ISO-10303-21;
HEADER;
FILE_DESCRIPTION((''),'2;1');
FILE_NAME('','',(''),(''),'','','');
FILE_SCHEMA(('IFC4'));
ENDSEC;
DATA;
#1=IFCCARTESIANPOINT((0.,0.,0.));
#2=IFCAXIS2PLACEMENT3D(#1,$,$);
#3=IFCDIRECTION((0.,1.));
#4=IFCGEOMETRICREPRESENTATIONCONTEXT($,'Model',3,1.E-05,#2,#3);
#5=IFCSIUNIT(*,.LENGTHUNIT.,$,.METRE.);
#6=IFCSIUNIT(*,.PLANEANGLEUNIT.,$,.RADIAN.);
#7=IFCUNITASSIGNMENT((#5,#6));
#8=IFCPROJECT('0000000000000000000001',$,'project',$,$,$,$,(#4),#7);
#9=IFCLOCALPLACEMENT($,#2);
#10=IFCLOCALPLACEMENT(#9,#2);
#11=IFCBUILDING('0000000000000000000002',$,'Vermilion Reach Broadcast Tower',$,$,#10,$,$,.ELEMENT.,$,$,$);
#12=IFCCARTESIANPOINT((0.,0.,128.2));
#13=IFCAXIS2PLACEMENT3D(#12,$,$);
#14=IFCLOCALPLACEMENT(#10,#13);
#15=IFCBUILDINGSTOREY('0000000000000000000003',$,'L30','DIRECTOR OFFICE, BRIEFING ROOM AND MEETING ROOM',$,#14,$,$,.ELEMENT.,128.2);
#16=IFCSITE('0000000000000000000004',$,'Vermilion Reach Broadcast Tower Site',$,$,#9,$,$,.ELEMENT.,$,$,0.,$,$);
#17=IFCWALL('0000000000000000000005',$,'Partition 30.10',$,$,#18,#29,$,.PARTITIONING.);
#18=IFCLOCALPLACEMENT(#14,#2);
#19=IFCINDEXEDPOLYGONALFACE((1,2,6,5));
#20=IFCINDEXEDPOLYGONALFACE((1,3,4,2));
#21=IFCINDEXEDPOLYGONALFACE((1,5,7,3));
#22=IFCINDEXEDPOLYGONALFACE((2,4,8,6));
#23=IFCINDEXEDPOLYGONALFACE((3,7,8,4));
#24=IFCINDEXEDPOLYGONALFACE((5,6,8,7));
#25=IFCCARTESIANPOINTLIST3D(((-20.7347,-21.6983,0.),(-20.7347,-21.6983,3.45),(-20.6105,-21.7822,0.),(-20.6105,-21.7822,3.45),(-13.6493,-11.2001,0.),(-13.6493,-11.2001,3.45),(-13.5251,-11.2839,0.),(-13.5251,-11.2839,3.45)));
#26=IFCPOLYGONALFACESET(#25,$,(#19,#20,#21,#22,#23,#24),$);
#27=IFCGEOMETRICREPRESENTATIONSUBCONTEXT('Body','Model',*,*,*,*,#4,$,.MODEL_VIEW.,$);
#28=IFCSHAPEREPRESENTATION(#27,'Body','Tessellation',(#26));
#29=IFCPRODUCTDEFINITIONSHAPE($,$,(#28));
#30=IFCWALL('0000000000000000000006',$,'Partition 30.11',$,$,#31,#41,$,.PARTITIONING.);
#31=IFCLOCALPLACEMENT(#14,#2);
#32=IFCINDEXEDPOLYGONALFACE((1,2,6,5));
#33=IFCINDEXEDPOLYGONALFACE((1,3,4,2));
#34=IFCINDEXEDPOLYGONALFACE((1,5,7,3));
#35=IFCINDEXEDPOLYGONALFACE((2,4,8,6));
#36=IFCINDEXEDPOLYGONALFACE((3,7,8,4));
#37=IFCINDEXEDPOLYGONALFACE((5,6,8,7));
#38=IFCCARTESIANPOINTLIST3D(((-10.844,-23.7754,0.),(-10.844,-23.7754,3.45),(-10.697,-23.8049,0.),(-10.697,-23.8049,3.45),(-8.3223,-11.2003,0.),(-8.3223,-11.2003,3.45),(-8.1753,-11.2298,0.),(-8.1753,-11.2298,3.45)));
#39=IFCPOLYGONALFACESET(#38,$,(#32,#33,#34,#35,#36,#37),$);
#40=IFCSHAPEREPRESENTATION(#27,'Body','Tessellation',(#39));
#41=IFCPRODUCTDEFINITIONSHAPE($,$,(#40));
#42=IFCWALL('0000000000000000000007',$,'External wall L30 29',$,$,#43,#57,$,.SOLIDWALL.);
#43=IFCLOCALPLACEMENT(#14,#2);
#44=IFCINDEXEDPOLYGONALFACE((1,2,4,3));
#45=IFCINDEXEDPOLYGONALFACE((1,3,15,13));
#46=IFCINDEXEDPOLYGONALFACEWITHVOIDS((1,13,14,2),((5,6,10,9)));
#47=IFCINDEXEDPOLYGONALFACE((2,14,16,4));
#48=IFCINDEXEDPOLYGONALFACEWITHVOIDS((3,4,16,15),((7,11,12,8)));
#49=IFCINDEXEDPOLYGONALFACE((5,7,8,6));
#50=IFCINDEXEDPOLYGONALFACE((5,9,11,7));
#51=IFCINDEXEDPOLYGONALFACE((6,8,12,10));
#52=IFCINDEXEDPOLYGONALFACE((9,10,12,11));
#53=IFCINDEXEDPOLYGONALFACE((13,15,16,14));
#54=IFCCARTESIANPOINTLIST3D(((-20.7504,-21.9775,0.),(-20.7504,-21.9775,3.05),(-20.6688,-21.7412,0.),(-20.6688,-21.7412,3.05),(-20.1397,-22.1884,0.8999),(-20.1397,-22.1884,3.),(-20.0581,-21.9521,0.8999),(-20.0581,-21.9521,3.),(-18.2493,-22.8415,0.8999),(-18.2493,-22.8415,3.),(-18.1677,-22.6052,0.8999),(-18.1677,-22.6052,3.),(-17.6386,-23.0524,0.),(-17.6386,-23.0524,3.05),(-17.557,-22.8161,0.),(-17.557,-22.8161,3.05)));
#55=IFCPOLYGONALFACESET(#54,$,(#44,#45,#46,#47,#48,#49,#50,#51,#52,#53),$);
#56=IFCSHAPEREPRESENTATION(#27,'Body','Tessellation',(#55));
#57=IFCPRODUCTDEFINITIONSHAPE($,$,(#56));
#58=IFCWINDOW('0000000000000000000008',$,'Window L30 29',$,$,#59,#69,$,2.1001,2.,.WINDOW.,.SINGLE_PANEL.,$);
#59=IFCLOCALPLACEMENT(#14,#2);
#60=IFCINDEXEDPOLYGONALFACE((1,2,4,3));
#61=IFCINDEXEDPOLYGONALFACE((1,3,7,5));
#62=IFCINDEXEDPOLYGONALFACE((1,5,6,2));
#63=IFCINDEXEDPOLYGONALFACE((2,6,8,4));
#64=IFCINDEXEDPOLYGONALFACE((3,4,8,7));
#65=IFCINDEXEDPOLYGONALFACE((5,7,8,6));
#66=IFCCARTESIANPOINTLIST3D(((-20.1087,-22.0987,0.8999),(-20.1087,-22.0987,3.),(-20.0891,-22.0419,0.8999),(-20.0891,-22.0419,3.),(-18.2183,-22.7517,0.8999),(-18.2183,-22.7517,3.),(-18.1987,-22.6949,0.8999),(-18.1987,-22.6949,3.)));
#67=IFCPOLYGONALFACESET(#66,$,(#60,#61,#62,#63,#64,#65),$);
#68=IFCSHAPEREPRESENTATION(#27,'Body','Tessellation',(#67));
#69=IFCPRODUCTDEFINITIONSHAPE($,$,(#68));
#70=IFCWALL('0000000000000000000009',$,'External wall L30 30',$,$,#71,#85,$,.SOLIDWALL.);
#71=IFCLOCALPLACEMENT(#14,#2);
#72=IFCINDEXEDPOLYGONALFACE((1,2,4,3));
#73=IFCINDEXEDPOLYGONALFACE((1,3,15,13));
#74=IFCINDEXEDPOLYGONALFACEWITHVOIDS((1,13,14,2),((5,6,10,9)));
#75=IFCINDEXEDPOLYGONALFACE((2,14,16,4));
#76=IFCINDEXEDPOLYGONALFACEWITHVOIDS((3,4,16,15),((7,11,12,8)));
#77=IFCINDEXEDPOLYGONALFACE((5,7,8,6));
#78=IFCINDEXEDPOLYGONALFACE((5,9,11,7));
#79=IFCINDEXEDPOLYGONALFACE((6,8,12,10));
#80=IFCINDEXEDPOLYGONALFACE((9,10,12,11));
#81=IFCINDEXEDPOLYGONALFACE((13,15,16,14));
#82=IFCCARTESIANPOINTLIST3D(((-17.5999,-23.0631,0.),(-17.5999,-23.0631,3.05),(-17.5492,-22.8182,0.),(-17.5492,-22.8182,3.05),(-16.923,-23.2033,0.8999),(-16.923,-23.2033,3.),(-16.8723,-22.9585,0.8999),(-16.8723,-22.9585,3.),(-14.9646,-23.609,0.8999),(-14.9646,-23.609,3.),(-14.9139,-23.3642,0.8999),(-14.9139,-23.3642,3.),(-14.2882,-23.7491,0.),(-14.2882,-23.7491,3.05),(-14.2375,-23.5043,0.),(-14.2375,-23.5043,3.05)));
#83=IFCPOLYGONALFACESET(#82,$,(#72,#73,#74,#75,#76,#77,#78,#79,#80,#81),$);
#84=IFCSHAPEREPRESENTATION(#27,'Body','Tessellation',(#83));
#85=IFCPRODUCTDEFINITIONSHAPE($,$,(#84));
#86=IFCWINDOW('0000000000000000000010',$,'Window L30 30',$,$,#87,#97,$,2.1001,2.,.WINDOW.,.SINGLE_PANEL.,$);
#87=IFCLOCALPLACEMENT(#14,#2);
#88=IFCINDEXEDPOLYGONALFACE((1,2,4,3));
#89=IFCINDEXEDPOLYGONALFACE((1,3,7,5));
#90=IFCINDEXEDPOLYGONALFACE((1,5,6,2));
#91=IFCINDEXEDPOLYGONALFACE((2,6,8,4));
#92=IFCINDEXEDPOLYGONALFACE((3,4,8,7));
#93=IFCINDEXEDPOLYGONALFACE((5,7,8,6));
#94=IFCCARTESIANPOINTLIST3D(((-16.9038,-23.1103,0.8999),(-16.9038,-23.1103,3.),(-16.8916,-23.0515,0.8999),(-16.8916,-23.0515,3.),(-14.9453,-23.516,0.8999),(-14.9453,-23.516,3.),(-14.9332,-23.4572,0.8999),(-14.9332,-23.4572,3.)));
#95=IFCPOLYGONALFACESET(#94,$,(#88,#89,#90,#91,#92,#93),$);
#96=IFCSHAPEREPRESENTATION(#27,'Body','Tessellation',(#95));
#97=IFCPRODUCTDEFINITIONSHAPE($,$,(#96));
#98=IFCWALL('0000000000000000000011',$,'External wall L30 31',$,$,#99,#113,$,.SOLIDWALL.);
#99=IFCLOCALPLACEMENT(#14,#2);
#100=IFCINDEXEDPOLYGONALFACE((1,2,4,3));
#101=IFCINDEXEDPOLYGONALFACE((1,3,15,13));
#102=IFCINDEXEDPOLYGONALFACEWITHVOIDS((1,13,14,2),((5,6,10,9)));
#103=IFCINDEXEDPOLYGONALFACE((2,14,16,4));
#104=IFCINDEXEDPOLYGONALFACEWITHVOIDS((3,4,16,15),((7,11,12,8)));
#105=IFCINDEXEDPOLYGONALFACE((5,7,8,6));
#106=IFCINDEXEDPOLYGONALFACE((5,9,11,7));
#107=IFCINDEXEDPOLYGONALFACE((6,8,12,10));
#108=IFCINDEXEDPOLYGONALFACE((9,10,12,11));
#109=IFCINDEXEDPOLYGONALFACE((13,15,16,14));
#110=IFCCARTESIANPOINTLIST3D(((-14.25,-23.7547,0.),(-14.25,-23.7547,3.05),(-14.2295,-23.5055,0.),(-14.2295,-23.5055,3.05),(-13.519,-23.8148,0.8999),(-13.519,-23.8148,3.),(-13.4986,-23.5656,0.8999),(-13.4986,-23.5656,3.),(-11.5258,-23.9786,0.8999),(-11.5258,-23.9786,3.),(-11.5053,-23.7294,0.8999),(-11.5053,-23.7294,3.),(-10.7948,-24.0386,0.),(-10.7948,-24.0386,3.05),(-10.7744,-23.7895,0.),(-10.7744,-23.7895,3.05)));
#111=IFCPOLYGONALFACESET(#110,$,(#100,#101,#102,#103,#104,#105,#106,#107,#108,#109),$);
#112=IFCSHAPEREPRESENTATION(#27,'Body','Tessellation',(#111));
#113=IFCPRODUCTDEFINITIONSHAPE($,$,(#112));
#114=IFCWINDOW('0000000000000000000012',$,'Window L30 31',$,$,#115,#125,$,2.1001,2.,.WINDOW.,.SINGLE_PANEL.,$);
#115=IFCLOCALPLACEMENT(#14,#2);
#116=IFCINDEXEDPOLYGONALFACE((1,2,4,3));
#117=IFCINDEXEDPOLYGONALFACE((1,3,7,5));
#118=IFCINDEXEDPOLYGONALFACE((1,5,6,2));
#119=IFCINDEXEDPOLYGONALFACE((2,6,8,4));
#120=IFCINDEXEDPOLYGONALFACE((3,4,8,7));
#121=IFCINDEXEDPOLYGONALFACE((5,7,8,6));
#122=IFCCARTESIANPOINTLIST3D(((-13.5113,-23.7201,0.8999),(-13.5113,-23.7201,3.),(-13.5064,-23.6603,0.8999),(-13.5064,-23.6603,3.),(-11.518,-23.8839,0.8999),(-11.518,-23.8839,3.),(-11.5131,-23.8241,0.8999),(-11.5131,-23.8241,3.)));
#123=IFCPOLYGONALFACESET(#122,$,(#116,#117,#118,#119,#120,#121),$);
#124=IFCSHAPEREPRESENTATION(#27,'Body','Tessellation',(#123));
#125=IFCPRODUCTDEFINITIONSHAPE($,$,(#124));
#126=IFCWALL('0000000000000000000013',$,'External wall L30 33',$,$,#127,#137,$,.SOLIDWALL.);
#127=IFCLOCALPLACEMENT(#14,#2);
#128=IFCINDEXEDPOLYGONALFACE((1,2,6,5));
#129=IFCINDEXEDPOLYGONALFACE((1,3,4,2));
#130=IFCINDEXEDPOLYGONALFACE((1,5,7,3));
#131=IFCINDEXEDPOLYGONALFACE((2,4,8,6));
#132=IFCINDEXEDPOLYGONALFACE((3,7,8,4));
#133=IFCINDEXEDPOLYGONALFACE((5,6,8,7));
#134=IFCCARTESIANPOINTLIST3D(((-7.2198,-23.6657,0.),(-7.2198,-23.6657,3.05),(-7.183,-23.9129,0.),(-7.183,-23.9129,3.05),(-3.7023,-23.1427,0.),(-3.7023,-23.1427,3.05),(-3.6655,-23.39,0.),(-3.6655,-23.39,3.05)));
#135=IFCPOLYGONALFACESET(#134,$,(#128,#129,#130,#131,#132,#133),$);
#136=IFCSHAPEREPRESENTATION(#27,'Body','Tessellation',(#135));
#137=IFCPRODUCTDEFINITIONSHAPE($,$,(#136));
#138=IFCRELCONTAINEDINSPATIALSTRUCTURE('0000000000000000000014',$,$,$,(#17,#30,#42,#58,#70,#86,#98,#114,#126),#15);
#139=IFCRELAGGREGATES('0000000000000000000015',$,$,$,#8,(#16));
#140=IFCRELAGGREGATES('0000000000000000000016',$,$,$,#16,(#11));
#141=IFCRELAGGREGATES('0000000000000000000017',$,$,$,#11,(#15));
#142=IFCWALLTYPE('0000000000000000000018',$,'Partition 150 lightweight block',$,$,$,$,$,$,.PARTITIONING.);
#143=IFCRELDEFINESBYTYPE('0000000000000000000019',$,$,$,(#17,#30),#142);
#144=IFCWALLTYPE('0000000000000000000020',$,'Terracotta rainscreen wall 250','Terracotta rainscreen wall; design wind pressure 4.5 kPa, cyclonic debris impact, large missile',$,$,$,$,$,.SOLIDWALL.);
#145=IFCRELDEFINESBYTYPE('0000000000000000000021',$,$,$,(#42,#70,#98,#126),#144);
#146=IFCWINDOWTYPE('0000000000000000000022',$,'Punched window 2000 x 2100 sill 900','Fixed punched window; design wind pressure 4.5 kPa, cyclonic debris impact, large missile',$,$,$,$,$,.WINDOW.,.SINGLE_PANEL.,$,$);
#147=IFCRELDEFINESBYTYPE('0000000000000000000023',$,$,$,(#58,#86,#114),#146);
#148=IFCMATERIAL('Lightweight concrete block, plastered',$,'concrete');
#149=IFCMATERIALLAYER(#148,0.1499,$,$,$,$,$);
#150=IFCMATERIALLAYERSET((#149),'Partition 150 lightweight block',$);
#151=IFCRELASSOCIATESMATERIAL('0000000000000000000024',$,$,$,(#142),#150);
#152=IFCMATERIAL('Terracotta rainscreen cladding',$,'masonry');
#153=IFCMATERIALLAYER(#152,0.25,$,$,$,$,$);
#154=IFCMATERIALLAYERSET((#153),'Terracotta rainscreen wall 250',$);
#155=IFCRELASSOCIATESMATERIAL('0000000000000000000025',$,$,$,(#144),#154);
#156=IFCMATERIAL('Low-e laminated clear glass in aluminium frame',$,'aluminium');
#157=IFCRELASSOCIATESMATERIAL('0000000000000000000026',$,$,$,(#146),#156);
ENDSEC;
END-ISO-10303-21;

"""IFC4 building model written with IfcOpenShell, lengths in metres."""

from ifc_helpers import new_model, si_unit, direction, frame, frame_2d, origin, place, context, subcontext, project, spatial, rectangle, extrude, material, layer, layer_set, type_object, element, fill, save


model = new_model("IFC4")

# Units and contexts
model_context = context("Model", 3, precision=1e-05, world=origin(), true_north=direction((0.0, 1.0)))
body_context = subcontext(model_context, "Body", "Model", "MODEL_VIEW")
ifc_project = project(units=[si_unit("LENGTHUNIT", "METRE"), si_unit("PLANEANGLEUNIT", "RADIAN")], contexts=[model_context])

# Site, building, storey
site_placement = place(None, origin())
site = spatial("IfcSite", under=ifc_project, at=site_placement, Name="Vermilion Reach Broadcast Tower Site", CompositionType="ELEMENT", RefElevation=0.0)
building_placement = place(site_placement, origin())
building = spatial("IfcBuilding", under=site, at=building_placement, Name="Vermilion Reach Broadcast Tower", CompositionType="ELEMENT")
storey_placement = place(building_placement, frame((0.0, 0.0, 128.2)))
storey = spatial("IfcBuildingStorey", under=building, at=storey_placement, Name="L30", Description="DIRECTOR OFFICE, BRIEFING ROOM AND MEETING ROOM", CompositionType="ELEMENT", Elevation=128.2)

# Walls
ifc_material_1 = material(Name="Lightweight concrete block, plastered", Category="concrete")
ifc_layer_1 = layer(ifc_material_1, 0.1499)
ifc_layer_set_1 = layer_set([ifc_layer_1], Name="Partition 150 lightweight block")
wall_type_1 = type_object("IfcWallType", Name="Partition 150 lightweight block", PredefinedType="PARTITIONING", material=ifc_layer_set_1)
wall_1_placement = place(storey_placement, frame((-20.6726, -21.7402, 0.0), z_axis=(0.0, 0.0, 1.0), x_axis=(0.559424, 0.828882, 0.0)))
element("IfcWall", 1, at=wall_1_placement, inside=storey, type_object=wall_type_1, Name="Partition 30.10", PredefinedType="PARTITIONING", context=body_context, shape_type="SweptSolid", body=[
    extrude(rectangle(XDim=12.6655, YDim=0.1499, at=frame_2d((6.3328, 0.0))), origin(), (0.0, 0.0, 1.0), 3.45),
])
wall_2_placement = place(storey_placement, frame((-10.7705, -23.79, 0.0), z_axis=(0.0, 0.0, 1.0), x_axis=(0.196618, 0.98048, 0.0)))
element("IfcWall", 2, at=wall_2_placement, inside=storey, type_object=wall_type_1, Name="Partition 30.11", PredefinedType="PARTITIONING", context=body_context, shape_type="SweptSolid", body=[
    extrude(rectangle(XDim=12.8254, YDim=0.1499, at=frame_2d((6.4126, 0.0))), origin(), (0.0, 0.0, 1.0), 3.45),
])

# Walls, openings, windows
ifc_material_2 = material(Name="Terracotta rainscreen cladding", Category="masonry")
ifc_layer_2 = layer(ifc_material_2, 0.25)
ifc_layer_set_2 = layer_set([ifc_layer_2], Name="Terracotta rainscreen wall 250")
wall_type_2 = type_object("IfcWallType", Name="Terracotta rainscreen wall 250", Description="Terracotta rainscreen wall; design wind pressure 4.5 kPa, cyclonic debris impact, large missile", PredefinedType="SOLIDWALL", material=ifc_layer_set_2)
wall_3_placement = place(storey_placement, frame((-20.7095, -21.8594, 0.0), z_axis=(0.0, 0.0, 1.0), x_axis=(0.945194, -0.326509, 0.0)))
wall_3 = element("IfcWall", 3, at=wall_3_placement, inside=storey, type_object=wall_type_2, Name="External wall L30 29", PredefinedType="SOLIDWALL", context=body_context, shape_type="SweptSolid", body=[
    extrude(rectangle(XDim=3.2922, YDim=0.25, at=frame_2d((1.646, 0.0))), origin(), (0.0, 0.0, 1.0), 3.05),
])
opening_1_placement = place(wall_3_placement, frame((0.646, 0.0, 0.8999)))
opening_1 = element("IfcOpeningElement", 4, at=opening_1_placement, cuts=wall_3, PredefinedType="OPENING", context=body_context, shape_type="SweptSolid", body=[
    extrude(rectangle(XDim=2.0, YDim=2.1001, at=frame_2d((1.0, 1.05))), frame((0.0, 0.135, 0.0), z_axis=(0.0, -1.0, 0.0), x_axis=(1.0, 0.0, 0.0)), (0.0, 0.0, 1.0), 0.27),
])
ifc_material_3 = material(Name="Low-e laminated clear glass in aluminium frame", Category="aluminium")
window_type = type_object("IfcWindowType", Name="Punched window 2000 x 2100 sill 900", Description="Fixed punched window; design wind pressure 4.5 kPa, cyclonic debris impact, large missile", PartitioningType="SINGLE_PANEL", PredefinedType="WINDOW", material=ifc_material_3)
window_1_placement = place(opening_1_placement, origin())
window_1 = element("IfcWindow", 5, at=window_1_placement, inside=storey, type_object=window_type, Name="Window L30 29", OverallHeight=2.1001, OverallWidth=2.0, PartitioningType="SINGLE_PANEL", PredefinedType="WINDOW", context=body_context, shape_type="SweptSolid", body=[
    extrude(rectangle(XDim=2.0, YDim=2.1001, at=frame_2d((1.0, 1.05))), frame((0.0, 0.03, 0.0), z_axis=(0.0, -1.0, 0.0), x_axis=(1.0, 0.0, 0.0)), (0.0, 0.0, 1.0), 0.0601),
])
fill(opening_1, window_1)
wall_4_placement = place(storey_placement, frame((-17.5745, -22.9407, 0.0), z_axis=(0.0, 0.0, 1.0), x_axis=(0.979211, -0.202844, 0.0)))
wall_4 = element("IfcWall", 6, at=wall_4_placement, inside=storey, type_object=wall_type_2, Name="External wall L30 30", PredefinedType="SOLIDWALL", context=body_context, shape_type="SweptSolid", body=[
    extrude(rectangle(XDim=3.3821, YDim=0.25, at=frame_2d((1.6909, 0.0))), origin(), (0.0, 0.0, 1.0), 3.05),
])
opening_2_placement = place(wall_4_placement, frame((0.6912, 0.0, 0.8999)))
opening_2 = element("IfcOpeningElement", 7, at=opening_2_placement, cuts=wall_4, PredefinedType="OPENING", context=body_context, shape_type="SweptSolid", body=[
    extrude(rectangle(XDim=2.0, YDim=2.1001, at=frame_2d((1.0, 1.05))), frame((0.0, 0.135, 0.0), z_axis=(0.0, -1.0, 0.0), x_axis=(1.0, 0.0, 0.0)), (0.0, 0.0, 1.0), 0.27),
])
window_2_placement = place(opening_2_placement, origin())
window_2 = element("IfcWindow", 8, at=window_2_placement, inside=storey, type_object=window_type, Name="Window L30 30", OverallHeight=2.1001, OverallWidth=2.0, PartitioningType="SINGLE_PANEL", PredefinedType="WINDOW", context=body_context, shape_type="SweptSolid", body=[
    extrude(rectangle(XDim=2.0, YDim=2.1001, at=frame_2d((1.0, 1.05))), frame((0.0, 0.03, 0.0), z_axis=(0.0, -1.0, 0.0), x_axis=(1.0, 0.0, 0.0)), (0.0, 0.0, 1.0), 0.0601),
])
fill(opening_2, window_2)
wall_5_placement = place(storey_placement, frame((-14.2397, -23.6301, 0.0), z_axis=(0.0, 0.0, 1.0), x_axis=(0.99664, -0.081903, 0.0)))
wall_5 = element("IfcWall", 9, at=wall_5_placement, inside=storey, type_object=wall_type_2, Name="External wall L30 31", PredefinedType="SOLIDWALL", context=body_context, shape_type="SweptSolid", body=[
    extrude(rectangle(XDim=3.4668, YDim=0.25, at=frame_2d((1.7334, 0.0))), origin(), (0.0, 0.0, 1.0), 3.05),
])
opening_3_placement = place(wall_5_placement, frame((0.7334, 0.0, 0.8999)))
opening_3 = element("IfcOpeningElement", 10, at=opening_3_placement, cuts=wall_5, PredefinedType="OPENING", context=body_context, shape_type="SweptSolid", body=[
    extrude(rectangle(XDim=2.0, YDim=2.1001, at=frame_2d((1.0, 1.05))), frame((0.0, 0.135, 0.0), z_axis=(0.0, -1.0, 0.0), x_axis=(1.0, 0.0, 0.0)), (0.0, 0.0, 1.0), 0.27),
])
window_3_placement = place(opening_3_placement, origin())
window_3 = element("IfcWindow", 11, at=window_3_placement, inside=storey, type_object=window_type, Name="Window L30 31", OverallHeight=2.1001, OverallWidth=2.0, PartitioningType="SINGLE_PANEL", PredefinedType="WINDOW", context=body_context, shape_type="SweptSolid", body=[
    extrude(rectangle(XDim=2.0, YDim=2.1001, at=frame_2d((1.0, 1.05))), frame((0.0, 0.03, 0.0), z_axis=(0.0, -1.0, 0.0), x_axis=(1.0, 0.0, 0.0)), (0.0, 0.0, 1.0), 0.0601),
])
fill(opening_3, window_3)

# Wall
wall_6_placement = place(storey_placement, frame((-7.2014, -23.7893, 0.0), z_axis=(0.0, 0.0, 1.0), x_axis=(0.989129, 0.147051, 0.0)))
element("IfcWall", 12, at=wall_6_placement, inside=storey, type_object=wall_type_2, Name="External wall L30 33", PredefinedType="SOLIDWALL", context=body_context, shape_type="SweptSolid", body=[
    extrude(rectangle(XDim=3.5562, YDim=0.25, at=frame_2d((1.7781, 0.0))), origin(), (0.0, 0.0, 1.0), 3.05),
])

save(model, "model.ifc")
